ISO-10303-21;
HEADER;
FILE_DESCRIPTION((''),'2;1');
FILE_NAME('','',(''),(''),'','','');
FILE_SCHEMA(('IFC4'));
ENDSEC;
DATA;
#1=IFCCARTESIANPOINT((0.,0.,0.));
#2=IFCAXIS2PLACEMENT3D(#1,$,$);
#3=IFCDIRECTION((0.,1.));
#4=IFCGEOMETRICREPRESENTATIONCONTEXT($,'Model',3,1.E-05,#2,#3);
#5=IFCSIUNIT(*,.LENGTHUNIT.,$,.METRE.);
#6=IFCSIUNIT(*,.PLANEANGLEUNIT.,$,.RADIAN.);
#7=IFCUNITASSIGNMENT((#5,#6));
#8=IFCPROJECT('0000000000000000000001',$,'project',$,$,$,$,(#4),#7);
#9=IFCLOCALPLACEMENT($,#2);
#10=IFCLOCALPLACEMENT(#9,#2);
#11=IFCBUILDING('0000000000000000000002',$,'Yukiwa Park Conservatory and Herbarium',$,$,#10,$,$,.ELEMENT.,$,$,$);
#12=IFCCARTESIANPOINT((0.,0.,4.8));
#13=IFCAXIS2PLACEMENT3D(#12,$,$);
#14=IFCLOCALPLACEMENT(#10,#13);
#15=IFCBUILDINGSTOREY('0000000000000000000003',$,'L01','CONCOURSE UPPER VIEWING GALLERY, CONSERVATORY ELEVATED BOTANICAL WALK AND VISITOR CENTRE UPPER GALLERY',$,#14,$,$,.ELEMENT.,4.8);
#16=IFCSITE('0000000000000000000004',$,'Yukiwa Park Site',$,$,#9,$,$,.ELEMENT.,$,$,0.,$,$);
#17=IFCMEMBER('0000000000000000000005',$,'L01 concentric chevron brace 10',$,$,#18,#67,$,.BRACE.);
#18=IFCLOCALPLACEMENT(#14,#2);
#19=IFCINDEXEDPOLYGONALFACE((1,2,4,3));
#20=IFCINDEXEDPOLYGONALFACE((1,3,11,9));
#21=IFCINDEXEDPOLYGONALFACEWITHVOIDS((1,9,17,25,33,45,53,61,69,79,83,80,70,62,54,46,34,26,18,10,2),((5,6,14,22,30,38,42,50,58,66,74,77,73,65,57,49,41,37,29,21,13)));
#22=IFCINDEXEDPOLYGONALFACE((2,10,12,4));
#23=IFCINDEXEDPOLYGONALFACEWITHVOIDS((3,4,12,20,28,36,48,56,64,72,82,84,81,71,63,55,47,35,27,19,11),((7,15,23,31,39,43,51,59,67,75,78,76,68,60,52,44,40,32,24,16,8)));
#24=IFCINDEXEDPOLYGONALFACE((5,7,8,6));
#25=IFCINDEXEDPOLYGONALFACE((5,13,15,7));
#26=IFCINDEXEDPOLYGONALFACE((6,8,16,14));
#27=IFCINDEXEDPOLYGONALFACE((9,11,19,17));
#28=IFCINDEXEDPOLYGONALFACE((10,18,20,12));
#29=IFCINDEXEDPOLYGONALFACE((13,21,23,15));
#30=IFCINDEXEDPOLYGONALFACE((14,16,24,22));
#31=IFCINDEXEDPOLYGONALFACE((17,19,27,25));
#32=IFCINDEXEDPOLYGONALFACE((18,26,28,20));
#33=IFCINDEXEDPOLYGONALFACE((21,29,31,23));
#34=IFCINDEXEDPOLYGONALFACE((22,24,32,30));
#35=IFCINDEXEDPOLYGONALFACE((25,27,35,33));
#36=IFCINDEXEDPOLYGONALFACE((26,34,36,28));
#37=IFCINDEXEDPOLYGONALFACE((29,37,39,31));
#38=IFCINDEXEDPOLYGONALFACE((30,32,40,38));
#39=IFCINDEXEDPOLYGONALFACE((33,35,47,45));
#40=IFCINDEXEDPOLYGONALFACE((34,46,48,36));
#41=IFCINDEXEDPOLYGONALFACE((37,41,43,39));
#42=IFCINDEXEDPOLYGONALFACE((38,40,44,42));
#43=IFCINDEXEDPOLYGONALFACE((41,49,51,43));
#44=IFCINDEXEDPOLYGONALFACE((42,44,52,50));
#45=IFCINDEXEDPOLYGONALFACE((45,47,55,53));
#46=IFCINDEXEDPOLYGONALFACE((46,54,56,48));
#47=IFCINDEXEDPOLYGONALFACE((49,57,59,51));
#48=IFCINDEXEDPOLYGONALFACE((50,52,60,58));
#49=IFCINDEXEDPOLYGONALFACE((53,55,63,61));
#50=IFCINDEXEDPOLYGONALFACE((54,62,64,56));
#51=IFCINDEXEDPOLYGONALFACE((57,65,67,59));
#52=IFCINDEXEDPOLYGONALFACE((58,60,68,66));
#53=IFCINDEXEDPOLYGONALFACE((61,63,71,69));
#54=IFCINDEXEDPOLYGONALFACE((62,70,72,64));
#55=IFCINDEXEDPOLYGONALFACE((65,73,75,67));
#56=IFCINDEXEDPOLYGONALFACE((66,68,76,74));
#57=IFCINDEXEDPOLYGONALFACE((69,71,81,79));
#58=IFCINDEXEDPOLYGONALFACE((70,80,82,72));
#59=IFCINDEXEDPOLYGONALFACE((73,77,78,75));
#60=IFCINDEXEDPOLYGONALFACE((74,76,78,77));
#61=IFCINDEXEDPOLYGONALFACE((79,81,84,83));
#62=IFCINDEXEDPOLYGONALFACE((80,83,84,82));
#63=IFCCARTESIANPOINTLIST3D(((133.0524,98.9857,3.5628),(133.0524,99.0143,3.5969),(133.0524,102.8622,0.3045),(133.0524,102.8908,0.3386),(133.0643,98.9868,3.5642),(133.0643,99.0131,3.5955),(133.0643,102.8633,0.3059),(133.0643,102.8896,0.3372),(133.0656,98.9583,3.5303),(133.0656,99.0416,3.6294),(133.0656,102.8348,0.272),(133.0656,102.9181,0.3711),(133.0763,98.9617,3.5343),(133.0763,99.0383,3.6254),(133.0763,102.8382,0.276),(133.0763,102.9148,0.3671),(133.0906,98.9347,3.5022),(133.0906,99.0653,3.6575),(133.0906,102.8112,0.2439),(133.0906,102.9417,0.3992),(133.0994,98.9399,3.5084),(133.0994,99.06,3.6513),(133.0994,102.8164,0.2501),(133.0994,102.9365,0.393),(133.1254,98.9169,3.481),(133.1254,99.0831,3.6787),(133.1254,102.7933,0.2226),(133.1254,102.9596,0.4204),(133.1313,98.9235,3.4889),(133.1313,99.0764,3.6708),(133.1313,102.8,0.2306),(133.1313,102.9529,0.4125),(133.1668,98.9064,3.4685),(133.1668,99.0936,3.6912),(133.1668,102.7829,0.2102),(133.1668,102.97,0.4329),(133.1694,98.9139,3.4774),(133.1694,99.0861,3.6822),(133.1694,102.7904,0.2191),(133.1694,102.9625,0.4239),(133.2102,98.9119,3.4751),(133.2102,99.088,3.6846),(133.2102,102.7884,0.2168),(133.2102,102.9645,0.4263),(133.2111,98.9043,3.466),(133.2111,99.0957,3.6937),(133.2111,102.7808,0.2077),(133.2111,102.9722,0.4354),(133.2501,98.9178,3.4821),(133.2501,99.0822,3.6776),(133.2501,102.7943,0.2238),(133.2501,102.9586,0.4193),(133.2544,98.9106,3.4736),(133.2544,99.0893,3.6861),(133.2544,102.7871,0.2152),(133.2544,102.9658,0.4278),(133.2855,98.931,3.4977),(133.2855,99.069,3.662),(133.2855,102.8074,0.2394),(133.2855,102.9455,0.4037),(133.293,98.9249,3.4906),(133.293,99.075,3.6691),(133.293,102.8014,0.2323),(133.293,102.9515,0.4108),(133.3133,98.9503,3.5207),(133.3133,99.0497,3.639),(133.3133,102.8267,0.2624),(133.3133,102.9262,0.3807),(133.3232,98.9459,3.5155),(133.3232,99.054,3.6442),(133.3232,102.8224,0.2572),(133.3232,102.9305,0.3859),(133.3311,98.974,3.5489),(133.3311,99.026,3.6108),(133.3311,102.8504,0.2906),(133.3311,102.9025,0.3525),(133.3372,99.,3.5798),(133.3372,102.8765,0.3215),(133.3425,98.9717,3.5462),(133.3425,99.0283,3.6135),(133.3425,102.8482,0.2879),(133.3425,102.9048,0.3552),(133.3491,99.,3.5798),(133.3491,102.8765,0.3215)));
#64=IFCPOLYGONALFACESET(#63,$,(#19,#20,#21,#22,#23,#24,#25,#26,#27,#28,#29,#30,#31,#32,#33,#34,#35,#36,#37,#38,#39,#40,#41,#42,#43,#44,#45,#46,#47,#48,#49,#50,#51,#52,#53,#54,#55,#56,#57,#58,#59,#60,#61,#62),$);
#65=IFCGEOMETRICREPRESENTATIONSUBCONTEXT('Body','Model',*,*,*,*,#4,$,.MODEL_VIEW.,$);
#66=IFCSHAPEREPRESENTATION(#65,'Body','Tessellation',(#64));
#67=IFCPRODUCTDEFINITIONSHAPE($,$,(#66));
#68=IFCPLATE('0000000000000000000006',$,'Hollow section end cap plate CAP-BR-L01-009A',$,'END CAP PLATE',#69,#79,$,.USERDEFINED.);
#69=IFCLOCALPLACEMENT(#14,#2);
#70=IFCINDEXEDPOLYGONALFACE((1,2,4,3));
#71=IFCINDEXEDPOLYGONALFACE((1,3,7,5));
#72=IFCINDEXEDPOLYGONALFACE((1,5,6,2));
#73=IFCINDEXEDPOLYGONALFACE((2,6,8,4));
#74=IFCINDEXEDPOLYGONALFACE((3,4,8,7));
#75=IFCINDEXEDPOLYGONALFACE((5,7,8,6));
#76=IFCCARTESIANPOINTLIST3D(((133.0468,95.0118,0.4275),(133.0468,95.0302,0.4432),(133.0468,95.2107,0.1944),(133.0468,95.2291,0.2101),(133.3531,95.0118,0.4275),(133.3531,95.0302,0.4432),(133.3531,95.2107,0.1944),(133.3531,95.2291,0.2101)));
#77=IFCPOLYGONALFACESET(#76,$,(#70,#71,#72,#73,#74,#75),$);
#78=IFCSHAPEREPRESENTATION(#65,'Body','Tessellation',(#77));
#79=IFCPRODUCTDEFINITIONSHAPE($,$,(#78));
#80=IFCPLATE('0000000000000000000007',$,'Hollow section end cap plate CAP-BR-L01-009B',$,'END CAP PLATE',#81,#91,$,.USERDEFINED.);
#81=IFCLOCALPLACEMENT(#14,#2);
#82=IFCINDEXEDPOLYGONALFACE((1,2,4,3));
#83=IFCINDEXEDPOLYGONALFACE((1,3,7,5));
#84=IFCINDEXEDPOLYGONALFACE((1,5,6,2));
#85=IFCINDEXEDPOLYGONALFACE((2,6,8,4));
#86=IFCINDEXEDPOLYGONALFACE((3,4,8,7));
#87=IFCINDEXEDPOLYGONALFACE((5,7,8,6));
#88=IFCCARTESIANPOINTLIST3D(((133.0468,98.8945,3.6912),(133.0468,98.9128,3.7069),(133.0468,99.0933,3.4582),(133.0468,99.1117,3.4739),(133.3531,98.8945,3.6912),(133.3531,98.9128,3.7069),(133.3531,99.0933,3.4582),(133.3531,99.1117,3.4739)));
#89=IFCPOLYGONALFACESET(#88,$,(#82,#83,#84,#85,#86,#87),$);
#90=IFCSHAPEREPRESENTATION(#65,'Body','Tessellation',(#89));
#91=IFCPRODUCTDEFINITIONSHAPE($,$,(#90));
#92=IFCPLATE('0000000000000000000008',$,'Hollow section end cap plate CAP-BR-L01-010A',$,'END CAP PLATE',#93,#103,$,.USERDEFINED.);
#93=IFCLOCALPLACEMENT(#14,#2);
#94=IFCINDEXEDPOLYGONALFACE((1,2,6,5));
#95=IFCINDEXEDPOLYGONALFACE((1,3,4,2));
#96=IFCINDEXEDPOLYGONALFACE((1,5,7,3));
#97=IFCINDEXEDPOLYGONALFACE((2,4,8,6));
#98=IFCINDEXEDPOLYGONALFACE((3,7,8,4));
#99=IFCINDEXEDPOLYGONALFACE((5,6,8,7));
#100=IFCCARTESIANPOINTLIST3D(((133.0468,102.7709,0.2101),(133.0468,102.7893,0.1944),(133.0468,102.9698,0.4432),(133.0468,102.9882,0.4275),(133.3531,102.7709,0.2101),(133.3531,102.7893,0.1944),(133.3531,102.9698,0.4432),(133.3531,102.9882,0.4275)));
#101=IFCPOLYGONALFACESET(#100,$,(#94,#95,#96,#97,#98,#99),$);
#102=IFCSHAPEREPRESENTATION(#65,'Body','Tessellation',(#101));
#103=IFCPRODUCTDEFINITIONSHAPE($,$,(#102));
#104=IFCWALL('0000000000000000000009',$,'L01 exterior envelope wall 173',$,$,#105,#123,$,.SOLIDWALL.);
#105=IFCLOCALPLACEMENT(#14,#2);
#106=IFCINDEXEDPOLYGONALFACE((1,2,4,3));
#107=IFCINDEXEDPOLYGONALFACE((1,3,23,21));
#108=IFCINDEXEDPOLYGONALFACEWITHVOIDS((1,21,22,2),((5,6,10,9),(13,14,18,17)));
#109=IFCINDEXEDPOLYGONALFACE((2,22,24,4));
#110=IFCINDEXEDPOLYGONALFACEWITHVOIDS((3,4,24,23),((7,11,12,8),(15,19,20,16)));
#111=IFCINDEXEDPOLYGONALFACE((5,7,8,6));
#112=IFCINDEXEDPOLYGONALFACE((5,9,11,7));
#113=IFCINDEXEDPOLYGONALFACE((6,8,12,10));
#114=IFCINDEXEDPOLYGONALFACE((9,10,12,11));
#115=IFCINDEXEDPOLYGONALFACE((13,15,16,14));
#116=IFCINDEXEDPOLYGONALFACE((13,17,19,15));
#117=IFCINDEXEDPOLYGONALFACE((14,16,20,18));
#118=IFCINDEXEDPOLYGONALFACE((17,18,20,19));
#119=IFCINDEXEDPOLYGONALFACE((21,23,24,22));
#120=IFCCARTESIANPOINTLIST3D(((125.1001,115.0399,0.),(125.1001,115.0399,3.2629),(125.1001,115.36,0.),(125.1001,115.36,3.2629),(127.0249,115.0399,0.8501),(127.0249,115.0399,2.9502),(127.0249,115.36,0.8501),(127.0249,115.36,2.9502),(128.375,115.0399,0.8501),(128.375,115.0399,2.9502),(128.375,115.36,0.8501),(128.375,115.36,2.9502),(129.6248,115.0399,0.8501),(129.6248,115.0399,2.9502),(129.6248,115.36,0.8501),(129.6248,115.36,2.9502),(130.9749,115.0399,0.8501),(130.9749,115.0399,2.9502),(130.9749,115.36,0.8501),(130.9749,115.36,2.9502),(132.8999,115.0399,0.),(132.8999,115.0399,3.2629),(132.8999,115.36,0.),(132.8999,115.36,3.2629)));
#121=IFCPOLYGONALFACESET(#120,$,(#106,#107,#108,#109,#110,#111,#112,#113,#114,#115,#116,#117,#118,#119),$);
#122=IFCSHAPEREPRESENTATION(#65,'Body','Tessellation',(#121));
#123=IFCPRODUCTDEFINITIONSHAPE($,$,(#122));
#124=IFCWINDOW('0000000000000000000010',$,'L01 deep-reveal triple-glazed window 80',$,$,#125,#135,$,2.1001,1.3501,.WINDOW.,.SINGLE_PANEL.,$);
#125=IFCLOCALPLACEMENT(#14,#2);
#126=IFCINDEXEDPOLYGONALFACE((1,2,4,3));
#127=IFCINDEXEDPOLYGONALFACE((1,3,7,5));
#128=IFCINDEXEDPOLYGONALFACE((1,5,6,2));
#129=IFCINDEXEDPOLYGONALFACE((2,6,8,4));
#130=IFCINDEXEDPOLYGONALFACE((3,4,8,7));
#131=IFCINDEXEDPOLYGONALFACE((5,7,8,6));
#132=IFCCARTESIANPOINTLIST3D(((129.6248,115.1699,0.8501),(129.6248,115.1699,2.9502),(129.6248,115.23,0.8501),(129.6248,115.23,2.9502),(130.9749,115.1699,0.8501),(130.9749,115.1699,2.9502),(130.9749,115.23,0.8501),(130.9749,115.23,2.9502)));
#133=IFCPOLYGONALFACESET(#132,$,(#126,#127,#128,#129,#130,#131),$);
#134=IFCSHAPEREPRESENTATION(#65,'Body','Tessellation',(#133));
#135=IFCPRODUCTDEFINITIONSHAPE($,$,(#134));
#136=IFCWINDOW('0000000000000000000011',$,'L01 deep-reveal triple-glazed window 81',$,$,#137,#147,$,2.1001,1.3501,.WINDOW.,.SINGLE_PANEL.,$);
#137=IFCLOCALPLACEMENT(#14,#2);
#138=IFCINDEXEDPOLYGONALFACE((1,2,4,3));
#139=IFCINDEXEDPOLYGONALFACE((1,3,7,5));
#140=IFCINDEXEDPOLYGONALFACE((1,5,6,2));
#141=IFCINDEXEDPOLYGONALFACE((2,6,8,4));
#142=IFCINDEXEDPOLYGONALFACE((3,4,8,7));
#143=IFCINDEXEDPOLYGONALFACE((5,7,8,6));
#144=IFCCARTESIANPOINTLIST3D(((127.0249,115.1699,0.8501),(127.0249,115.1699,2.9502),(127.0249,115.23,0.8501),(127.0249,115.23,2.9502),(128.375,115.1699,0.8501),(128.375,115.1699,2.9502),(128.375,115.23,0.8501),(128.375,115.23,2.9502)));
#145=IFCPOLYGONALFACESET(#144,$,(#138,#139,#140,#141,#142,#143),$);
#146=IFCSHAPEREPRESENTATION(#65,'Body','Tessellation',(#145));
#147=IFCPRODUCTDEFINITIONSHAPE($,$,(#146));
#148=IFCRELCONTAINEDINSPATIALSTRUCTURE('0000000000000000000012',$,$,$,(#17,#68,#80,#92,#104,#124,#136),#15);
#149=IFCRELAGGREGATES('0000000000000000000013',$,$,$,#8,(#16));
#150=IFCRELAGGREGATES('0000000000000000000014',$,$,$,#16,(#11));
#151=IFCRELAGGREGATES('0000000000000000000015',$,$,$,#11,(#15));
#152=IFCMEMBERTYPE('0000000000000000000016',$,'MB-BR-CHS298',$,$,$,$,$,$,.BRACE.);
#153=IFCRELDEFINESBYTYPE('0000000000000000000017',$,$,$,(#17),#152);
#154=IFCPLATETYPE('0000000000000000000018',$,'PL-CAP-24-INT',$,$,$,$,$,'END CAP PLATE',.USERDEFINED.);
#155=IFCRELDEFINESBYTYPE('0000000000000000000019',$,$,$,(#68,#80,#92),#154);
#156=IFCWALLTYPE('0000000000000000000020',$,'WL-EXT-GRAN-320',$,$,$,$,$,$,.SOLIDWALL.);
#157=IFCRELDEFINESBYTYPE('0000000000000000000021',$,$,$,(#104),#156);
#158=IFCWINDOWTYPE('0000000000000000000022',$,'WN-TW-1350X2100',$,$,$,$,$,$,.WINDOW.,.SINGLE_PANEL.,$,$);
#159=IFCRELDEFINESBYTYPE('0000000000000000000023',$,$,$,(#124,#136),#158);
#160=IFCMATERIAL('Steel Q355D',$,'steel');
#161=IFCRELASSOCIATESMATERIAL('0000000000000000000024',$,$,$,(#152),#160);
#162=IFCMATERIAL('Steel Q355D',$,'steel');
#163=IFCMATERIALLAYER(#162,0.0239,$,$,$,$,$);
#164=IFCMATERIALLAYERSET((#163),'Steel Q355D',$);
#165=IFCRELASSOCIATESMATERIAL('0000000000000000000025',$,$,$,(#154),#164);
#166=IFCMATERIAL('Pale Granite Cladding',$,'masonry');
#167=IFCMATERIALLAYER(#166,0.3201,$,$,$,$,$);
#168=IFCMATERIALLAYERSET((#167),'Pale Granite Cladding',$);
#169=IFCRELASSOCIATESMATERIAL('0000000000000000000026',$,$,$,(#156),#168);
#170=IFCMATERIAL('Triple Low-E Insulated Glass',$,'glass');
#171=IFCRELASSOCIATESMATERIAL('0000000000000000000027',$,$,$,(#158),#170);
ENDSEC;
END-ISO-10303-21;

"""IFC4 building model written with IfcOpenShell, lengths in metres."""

from ifc_helpers import new_model, si_unit, direction, frame, frame_2d, origin, origin_2d, place, context, subcontext, project, spatial, rectangle, hollow_circle, extrude, material, layer, layer_set, material_profile, profile_set, type_object, element, fill, save


model = new_model("IFC4")

# Units and contexts
model_context = context("Model", 3, precision=1e-05, world=origin(), true_north=direction((0.0, 1.0)))
body_context = subcontext(model_context, "Body", "Model", "MODEL_VIEW")
ifc_project = project(units=[si_unit("LENGTHUNIT", "METRE"), si_unit("PLANEANGLEUNIT", "RADIAN")], contexts=[model_context])

# Site, building, storey
site_placement = place(None, origin())
site = spatial("IfcSite", under=ifc_project, at=site_placement, Name="Yukiwa Park Site", CompositionType="ELEMENT", RefElevation=0.0)
building_placement = place(site_placement, origin())
building = spatial("IfcBuilding", under=site, at=building_placement, Name="Yukiwa Park Conservatory and Herbarium", CompositionType="ELEMENT")
storey_placement = place(building_placement, frame((0.0, 0.0, 4.8)))
storey = spatial("IfcBuildingStorey", under=building, at=storey_placement, Name="L01", Description="CONCOURSE UPPER VIEWING GALLERY, CONSERVATORY ELEVATED BOTANICAL WALK AND VISITOR CENTRE UPPER GALLERY", CompositionType="ELEMENT", Elevation=4.8)

# Member
ifc_material_1 = material(Name="Steel Q355D", Category="steel")
ifc_material_profile_1 = material_profile(ifc_material_1, hollow_circle(Radius=0.1492, WallThickness=0.012, at=origin_2d()), Name="CHS 298.5x12")
ifc_profile_set_1 = profile_set([ifc_material_profile_1], Name="Steel Q355D")
member_type = type_object("IfcMemberType", Name="MB-BR-CHS298", PredefinedType="BRACE", material=ifc_profile_set_1)
for number, where, z_axis, x_axis, name in (
    (1, (133.2, 102.8765, 0.3215), (0.0, -0.765503, 0.643432), (1.0, 0.0, 0.0), "L01 concentric chevron brace 10"),
):
    element("IfcMember", number, at=place(storey_placement, frame(where, z_axis=z_axis, x_axis=x_axis)), inside=storey, type_object=member_type, Name=name, PredefinedType="BRACE", context=body_context, shape_type="SweptSolid", body=[
        extrude(hollow_circle(Radius=0.1492, WallThickness=0.012, at=origin_2d()), origin(), (0.0, 0.0, 1.0), 5.064),
    ])

# Plates
ifc_material_2 = material(Name="Steel Q355D", Category="steel")
ifc_layer_1 = layer(ifc_material_2, 0.0239)
ifc_layer_set_1 = layer_set([ifc_layer_1], Name="Steel Q355D")
plate_type = type_object("IfcPlateType", Name="PL-CAP-24-INT", ElementType="END CAP PLATE", PredefinedType="USERDEFINED", material=ifc_layer_set_1)
for number, where, z_axis, x_axis, name in (
    (2, (133.2, 95.1296, 0.3267), (0.0, -0.760687, -0.649119), (1.0, 0.0, 0.0), "Hollow section end cap plate CAP-BR-L01-009A"),
    (3, (133.2, 98.9939, 3.5747), (0.0, 0.760687, 0.649119), (-1.0, 0.0, 0.0), "Hollow section end cap plate CAP-BR-L01-009B"),
    (4, (133.2, 102.8704, 0.3267), (0.0, 0.760687, -0.649119), (-1.0, 0.0, 0.0), "Hollow section end cap plate CAP-BR-L01-010A"),
):
    element("IfcPlate", number, at=place(storey_placement, frame(where, z_axis=z_axis, x_axis=x_axis)), inside=storey, type_object=plate_type, Name=name, ObjectType="END CAP PLATE", PredefinedType="USERDEFINED", context=body_context, shape_type="SweptSolid", body=[
        extrude(rectangle(XDim=0.3064, YDim=0.3064, at=origin_2d()), origin(), (0.0, 0.0, 1.0), 0.0242),
    ])

# Wall, openings, windows
ifc_material_3 = material(Name="Pale Granite Cladding", Category="masonry")
ifc_layer_2 = layer(ifc_material_3, 0.3201)
ifc_layer_set_2 = layer_set([ifc_layer_2], Name="Pale Granite Cladding")
wall_type_1 = type_object("IfcWallType", Name="WL-EXT-GRAN-320", PredefinedType="SOLIDWALL", material=ifc_layer_set_2)
wall_1_placement = place(storey_placement, frame((132.8999, 115.2, 0.0), z_axis=(0.0, 0.0, 1.0), x_axis=(-1.0, 0.0, 0.0)))
wall_1 = element("IfcWall", 5, at=wall_1_placement, inside=storey, type_object=wall_type_1, Name="L01 exterior envelope wall 173", PredefinedType="SOLIDWALL", context=body_context, shape_type="SweptSolid", body=[
    extrude(rectangle(XDim=7.7998, YDim=0.3201, at=frame_2d((3.8999, 0.0))), origin(), (0.0, 0.0, 1.0), 3.2629),
])
opening_1_placement = place(wall_1_placement, frame((1.925, 0.0, 0.8501)))
opening_1 = element("IfcOpeningElement", 6, at=opening_1_placement, cuts=wall_1, PredefinedType="OPENING", context=body_context, shape_type="SweptSolid", body=[
    extrude(rectangle(XDim=1.3501, YDim=2.1001, at=frame_2d((0.675, 1.05))), frame((0.0, 0.1699, 0.0), z_axis=(0.0, -1.0, 0.0), x_axis=(1.0, 0.0, 0.0)), (0.0, 0.0, 1.0), 0.3401),
])
opening_2_placement = place(wall_1_placement, frame((4.5249, 0.0, 0.8501)))
opening_2 = element("IfcOpeningElement", 7, at=opening_2_placement, cuts=wall_1, PredefinedType="OPENING", context=body_context, shape_type="SweptSolid", body=[
    extrude(rectangle(XDim=1.3501, YDim=2.1001, at=frame_2d((0.675, 1.05))), frame((0.0, 0.1699, 0.0), z_axis=(0.0, -1.0, 0.0), x_axis=(1.0, 0.0, 0.0)), (0.0, 0.0, 1.0), 0.3401),
])
ifc_material_4 = material(Name="Triple Low-E Insulated Glass", Category="glass")
window_type_1 = type_object("IfcWindowType", Name="WN-TW-1350X2100", PartitioningType="SINGLE_PANEL", PredefinedType="WINDOW", material=ifc_material_4)
window_1_placement = place(opening_1_placement, origin())
window_1 = element("IfcWindow", 8, at=window_1_placement, inside=storey, type_object=window_type_1, Name="L01 deep-reveal triple-glazed window 80", OverallHeight=2.1001, OverallWidth=1.3501, PartitioningType="SINGLE_PANEL", PredefinedType="WINDOW", context=body_context, shape_type="SweptSolid", body=[
    extrude(rectangle(XDim=1.3501, YDim=2.1001, at=frame_2d((0.675, 1.05))), frame((0.0, 0.03, 0.0), z_axis=(0.0, -1.0, 0.0), x_axis=(1.0, 0.0, 0.0)), (0.0, 0.0, 1.0), 0.0601),
])
fill(opening_1, window_1)
window_2_placement = place(opening_2_placement, origin())
window_2 = element("IfcWindow", 9, at=window_2_placement, inside=storey, type_object=window_type_1, Name="L01 deep-reveal triple-glazed window 81", OverallHeight=2.1001, OverallWidth=1.3501, PartitioningType="SINGLE_PANEL", PredefinedType="WINDOW", context=body_context, shape_type="SweptSolid", body=[
    extrude(rectangle(XDim=1.3501, YDim=2.1001, at=frame_2d((0.675, 1.05))), frame((0.0, 0.03, 0.0), z_axis=(0.0, -1.0, 0.0), x_axis=(1.0, 0.0, 0.0)), (0.0, 0.0, 1.0), 0.0601),
])
fill(opening_2, window_2)

save(model, "model.ifc")
